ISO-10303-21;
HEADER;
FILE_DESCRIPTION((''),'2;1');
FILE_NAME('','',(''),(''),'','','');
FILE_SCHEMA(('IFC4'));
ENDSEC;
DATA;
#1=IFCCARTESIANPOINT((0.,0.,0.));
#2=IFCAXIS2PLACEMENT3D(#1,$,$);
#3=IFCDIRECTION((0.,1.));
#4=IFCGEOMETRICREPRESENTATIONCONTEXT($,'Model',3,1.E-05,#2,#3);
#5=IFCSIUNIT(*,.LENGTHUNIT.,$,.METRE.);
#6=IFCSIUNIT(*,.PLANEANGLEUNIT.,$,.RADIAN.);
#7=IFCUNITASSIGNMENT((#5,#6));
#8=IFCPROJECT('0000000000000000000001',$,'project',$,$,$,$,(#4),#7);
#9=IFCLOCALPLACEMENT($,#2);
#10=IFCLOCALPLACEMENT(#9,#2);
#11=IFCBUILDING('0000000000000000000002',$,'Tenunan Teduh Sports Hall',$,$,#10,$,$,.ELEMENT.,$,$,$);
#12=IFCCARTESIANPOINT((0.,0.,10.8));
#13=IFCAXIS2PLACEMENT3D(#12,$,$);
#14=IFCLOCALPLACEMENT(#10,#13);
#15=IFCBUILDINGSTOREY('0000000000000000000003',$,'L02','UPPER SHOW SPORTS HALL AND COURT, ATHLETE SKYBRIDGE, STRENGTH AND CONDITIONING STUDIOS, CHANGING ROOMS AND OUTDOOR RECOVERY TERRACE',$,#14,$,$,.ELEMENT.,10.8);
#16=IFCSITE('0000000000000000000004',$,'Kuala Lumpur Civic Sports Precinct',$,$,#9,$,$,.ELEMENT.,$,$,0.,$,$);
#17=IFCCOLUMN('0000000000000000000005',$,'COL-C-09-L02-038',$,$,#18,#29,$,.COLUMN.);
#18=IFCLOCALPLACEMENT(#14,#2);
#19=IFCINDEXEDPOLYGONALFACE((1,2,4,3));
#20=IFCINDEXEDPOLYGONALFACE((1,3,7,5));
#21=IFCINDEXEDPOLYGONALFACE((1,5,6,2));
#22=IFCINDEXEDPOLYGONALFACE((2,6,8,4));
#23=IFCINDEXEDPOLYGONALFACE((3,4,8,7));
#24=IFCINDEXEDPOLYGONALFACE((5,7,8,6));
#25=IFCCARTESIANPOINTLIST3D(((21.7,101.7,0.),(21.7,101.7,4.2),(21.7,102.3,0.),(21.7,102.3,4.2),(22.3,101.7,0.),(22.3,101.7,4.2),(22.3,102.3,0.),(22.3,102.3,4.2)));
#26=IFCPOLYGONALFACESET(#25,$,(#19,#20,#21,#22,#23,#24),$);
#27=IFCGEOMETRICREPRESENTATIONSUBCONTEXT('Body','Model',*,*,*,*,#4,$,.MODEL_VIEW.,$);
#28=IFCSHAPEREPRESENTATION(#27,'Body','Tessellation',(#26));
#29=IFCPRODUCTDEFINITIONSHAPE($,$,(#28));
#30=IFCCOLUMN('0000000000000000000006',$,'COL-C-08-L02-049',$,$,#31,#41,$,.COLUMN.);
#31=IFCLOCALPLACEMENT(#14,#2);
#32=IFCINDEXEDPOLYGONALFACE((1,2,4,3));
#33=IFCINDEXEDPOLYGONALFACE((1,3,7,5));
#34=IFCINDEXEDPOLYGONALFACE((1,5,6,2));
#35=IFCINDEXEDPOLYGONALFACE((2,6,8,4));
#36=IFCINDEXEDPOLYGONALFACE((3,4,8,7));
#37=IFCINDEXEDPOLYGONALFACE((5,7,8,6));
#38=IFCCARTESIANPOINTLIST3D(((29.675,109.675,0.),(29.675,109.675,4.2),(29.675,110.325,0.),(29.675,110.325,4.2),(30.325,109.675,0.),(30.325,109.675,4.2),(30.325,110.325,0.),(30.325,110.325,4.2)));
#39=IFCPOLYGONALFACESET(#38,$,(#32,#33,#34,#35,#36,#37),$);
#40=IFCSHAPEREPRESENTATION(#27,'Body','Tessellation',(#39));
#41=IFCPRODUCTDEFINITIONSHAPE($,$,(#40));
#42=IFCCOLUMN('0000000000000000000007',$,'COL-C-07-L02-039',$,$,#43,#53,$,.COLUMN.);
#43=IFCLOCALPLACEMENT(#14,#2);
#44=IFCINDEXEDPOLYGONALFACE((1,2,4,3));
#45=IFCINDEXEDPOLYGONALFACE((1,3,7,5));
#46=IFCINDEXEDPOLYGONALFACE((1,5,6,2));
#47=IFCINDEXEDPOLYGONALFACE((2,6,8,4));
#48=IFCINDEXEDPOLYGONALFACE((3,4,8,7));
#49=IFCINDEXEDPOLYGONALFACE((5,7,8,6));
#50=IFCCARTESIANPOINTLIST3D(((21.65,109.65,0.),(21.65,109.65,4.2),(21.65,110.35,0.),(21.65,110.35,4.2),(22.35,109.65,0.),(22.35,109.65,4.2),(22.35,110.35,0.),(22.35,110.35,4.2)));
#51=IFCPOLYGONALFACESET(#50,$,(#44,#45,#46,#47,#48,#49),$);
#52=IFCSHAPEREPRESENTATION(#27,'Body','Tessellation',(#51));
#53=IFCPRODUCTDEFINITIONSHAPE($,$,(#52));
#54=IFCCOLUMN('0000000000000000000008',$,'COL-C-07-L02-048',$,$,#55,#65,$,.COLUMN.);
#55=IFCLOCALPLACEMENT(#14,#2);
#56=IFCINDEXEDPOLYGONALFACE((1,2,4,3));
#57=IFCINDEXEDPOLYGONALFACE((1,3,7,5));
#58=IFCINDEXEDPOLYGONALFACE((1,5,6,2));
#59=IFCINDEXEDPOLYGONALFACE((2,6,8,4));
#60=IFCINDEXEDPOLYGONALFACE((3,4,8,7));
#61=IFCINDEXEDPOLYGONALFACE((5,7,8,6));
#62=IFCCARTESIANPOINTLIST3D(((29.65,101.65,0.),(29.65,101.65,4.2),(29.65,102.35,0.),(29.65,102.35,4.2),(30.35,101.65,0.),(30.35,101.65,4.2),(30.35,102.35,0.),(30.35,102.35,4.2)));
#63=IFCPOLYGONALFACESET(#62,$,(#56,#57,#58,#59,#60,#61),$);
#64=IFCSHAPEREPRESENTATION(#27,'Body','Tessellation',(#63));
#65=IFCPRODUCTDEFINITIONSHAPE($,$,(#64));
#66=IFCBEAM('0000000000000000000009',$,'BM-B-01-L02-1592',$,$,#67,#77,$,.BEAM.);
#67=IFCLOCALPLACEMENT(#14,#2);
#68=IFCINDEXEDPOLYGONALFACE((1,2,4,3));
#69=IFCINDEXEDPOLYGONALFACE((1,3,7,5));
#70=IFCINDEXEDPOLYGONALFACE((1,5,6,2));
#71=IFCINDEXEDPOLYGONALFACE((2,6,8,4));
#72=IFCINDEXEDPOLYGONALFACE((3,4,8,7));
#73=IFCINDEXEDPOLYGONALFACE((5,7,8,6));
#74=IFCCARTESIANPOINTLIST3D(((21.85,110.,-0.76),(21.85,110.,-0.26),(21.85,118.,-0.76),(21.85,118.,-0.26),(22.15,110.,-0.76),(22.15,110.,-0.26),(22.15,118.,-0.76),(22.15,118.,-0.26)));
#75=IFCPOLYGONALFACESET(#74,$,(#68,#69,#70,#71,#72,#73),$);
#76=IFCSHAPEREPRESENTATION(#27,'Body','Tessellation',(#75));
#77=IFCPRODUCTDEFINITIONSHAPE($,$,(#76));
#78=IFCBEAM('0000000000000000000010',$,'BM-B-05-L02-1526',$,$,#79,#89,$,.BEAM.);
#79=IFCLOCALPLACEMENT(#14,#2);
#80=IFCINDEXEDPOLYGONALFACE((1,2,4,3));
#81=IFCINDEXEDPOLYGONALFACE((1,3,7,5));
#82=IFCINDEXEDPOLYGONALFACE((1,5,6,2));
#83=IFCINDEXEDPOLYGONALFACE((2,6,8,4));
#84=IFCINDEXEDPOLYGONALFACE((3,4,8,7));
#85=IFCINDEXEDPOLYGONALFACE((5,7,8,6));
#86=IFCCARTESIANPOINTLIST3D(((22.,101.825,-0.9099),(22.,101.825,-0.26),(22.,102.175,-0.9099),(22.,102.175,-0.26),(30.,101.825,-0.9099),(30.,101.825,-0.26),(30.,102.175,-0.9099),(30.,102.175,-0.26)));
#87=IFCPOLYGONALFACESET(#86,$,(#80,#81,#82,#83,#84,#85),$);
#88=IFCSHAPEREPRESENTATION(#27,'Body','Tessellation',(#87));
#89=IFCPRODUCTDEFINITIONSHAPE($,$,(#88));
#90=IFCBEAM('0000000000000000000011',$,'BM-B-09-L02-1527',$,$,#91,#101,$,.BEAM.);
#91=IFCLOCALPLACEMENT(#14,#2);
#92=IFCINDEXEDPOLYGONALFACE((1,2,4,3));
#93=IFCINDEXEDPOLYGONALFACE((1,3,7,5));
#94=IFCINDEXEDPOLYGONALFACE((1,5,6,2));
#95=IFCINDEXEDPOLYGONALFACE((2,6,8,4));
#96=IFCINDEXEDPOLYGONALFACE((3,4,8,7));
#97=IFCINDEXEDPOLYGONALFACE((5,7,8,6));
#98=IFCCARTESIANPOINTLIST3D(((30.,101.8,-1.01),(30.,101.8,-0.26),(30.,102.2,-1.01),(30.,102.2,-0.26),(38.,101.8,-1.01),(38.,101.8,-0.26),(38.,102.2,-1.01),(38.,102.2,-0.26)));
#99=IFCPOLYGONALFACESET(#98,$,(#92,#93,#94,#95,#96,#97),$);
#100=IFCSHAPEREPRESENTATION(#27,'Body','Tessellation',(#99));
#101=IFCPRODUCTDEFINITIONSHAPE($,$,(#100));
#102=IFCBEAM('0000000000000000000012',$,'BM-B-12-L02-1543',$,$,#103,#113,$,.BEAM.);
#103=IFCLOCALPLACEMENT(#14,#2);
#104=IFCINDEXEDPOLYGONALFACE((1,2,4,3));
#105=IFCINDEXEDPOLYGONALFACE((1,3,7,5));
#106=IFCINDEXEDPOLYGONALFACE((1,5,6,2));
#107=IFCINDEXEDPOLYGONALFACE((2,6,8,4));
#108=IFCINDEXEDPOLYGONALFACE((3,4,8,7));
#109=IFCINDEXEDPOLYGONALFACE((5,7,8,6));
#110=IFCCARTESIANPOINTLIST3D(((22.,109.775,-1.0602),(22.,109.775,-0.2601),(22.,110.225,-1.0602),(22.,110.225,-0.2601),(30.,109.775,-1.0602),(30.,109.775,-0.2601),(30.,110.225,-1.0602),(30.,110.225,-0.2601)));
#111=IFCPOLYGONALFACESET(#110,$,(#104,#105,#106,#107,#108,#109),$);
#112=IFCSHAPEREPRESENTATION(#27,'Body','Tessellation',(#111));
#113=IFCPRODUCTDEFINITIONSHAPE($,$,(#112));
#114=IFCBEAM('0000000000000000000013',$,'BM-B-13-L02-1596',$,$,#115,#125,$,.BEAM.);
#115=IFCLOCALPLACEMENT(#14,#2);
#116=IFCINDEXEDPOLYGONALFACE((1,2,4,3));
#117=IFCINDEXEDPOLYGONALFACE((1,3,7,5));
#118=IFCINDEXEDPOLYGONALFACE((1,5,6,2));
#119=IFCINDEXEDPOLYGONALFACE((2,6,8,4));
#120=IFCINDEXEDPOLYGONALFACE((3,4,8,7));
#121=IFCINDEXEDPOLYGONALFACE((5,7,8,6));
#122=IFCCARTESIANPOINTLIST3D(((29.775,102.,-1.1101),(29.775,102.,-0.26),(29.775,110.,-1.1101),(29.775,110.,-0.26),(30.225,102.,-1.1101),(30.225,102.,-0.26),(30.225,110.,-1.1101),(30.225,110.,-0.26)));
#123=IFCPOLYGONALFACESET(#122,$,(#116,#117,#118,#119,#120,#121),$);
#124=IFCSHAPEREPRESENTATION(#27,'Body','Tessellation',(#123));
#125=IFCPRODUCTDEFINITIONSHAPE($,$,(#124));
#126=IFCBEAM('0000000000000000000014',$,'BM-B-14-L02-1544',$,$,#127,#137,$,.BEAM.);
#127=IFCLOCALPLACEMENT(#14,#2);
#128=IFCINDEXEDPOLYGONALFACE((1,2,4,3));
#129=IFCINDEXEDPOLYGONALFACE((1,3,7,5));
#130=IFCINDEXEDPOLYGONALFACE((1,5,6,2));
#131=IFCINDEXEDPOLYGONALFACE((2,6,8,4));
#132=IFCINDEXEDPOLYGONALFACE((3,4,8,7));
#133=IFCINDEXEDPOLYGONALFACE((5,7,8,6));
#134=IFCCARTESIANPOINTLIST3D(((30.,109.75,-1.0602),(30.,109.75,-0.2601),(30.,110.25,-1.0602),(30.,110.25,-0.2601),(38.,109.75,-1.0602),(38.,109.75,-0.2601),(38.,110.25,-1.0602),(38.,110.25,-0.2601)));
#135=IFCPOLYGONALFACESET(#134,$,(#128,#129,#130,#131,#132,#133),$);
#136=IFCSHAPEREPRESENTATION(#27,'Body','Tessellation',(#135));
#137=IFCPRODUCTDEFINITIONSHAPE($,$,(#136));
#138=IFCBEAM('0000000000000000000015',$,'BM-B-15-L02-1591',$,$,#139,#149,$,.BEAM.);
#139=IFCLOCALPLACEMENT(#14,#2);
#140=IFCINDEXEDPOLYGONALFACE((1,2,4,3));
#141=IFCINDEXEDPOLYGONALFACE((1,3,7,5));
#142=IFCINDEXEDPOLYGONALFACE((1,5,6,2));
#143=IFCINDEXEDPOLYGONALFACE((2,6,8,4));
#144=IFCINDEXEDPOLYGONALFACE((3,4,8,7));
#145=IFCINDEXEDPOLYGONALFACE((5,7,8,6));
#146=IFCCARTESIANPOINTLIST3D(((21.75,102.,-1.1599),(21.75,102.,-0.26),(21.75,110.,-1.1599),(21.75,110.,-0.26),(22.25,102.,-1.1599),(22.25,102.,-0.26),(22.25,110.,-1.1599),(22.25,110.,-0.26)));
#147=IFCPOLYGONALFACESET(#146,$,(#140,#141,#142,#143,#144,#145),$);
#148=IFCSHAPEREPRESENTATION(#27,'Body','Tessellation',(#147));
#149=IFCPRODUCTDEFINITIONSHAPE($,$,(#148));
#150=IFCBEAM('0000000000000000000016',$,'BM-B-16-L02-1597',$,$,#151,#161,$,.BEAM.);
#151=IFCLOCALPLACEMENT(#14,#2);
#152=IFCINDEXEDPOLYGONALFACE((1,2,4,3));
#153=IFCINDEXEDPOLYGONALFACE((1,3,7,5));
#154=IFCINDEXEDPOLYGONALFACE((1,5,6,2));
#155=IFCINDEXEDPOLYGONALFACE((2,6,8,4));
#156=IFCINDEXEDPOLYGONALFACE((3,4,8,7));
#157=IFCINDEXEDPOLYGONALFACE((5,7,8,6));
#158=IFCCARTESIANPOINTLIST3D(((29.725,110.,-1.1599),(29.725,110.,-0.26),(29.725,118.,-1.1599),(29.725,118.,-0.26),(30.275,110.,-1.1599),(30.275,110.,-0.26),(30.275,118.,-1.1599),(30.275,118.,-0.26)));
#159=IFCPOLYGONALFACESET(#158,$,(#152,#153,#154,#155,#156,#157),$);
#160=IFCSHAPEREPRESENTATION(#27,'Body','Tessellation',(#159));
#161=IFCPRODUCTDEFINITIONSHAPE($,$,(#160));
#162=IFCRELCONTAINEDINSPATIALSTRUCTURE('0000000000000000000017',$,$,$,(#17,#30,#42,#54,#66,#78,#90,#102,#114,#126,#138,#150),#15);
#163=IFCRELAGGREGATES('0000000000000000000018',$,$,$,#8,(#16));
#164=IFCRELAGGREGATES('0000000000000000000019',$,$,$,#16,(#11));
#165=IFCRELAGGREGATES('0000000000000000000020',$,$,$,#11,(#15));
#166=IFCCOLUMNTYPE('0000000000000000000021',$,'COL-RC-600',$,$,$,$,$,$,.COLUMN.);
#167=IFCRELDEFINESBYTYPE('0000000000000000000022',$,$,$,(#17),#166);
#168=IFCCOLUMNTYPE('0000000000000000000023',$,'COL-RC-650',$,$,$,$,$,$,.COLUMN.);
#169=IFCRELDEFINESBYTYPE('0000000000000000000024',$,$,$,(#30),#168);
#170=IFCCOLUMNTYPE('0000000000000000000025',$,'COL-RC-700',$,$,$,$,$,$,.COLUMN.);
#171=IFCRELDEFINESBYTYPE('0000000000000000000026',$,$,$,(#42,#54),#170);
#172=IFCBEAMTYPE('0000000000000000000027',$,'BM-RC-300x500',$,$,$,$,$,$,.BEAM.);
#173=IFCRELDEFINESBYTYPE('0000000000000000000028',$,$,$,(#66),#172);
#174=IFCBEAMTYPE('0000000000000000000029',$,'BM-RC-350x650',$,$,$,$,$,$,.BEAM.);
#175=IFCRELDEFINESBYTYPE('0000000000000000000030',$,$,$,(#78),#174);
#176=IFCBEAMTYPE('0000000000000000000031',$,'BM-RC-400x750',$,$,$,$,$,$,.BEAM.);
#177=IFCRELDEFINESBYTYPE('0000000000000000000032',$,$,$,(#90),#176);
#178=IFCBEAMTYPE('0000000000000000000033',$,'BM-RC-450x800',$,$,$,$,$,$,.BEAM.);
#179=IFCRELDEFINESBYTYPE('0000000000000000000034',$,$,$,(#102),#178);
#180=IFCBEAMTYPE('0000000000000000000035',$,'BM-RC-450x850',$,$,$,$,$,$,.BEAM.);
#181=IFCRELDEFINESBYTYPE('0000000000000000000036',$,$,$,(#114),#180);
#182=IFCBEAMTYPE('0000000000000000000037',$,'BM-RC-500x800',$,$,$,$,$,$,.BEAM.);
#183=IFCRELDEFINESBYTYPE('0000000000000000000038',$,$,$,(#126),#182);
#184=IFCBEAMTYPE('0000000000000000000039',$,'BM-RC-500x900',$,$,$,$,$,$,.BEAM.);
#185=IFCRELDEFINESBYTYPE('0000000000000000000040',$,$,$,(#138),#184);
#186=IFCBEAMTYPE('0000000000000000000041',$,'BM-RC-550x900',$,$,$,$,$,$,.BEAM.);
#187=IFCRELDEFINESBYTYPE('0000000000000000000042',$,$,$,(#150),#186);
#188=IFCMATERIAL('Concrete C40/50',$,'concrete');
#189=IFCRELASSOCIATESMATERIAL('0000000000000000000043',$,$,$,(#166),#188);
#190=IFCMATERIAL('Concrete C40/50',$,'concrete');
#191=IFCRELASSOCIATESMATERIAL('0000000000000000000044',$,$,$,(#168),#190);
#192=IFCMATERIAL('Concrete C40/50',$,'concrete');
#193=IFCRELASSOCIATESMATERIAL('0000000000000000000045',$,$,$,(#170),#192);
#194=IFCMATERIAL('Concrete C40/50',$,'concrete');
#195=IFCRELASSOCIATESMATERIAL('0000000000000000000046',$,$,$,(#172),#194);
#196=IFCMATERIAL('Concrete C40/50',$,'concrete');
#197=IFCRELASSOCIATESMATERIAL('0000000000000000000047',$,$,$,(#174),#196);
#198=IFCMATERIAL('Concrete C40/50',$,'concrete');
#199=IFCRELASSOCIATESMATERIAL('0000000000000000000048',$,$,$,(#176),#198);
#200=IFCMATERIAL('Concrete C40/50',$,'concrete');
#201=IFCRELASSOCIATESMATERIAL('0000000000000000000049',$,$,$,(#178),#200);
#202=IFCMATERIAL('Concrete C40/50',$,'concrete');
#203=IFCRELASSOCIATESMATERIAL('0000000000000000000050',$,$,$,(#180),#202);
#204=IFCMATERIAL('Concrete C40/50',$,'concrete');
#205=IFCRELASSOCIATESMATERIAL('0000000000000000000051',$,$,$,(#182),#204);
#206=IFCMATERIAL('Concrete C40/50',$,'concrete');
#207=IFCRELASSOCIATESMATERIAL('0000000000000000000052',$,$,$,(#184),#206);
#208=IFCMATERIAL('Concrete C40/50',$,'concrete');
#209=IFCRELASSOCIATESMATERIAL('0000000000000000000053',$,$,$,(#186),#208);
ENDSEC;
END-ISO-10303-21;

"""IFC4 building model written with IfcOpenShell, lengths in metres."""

from ifc_helpers import new_model, si_unit, direction, frame, origin, origin_2d, place, context, subcontext, project, spatial, rectangle, extrude, material, material_profile, profile_set, type_object, element, save


model = new_model("IFC4")

# Units and contexts
model_context = context("Model", 3, precision=1e-05, world=origin(), true_north=direction((0.0, 1.0)))
body_context = subcontext(model_context, "Body", "Model", "MODEL_VIEW")
ifc_project = project(units=[si_unit("LENGTHUNIT", "METRE"), si_unit("PLANEANGLEUNIT", "RADIAN")], contexts=[model_context])

# Site, building, storey
site_placement = place(None, origin())
site = spatial("IfcSite", under=ifc_project, at=site_placement, Name="Kuala Lumpur Civic Sports Precinct", CompositionType="ELEMENT", RefElevation=0.0)
building_placement = place(site_placement, origin())
building = spatial("IfcBuilding", under=site, at=building_placement, Name="Tenunan Teduh Sports Hall", CompositionType="ELEMENT")
storey_placement = place(building_placement, frame((0.0, 0.0, 10.8)))
storey = spatial("IfcBuildingStorey", under=building, at=storey_placement, Name="L02", Description="UPPER SHOW SPORTS HALL AND COURT, ATHLETE SKYBRIDGE, STRENGTH AND CONDITIONING STUDIOS, CHANGING ROOMS AND OUTDOOR RECOVERY TERRACE", CompositionType="ELEMENT", Elevation=10.8)

# Columns
ifc_material_1 = material(Name="Concrete C40/50", Category="concrete")
ifc_material_profile_1 = material_profile(ifc_material_1, rectangle(XDim=0.6001, YDim=0.6001, at=origin_2d()), Name="RC 600x600")
ifc_profile_set_1 = profile_set([ifc_material_profile_1], Name="Concrete C40/50")
column_type_1 = type_object("IfcColumnType", Name="COL-RC-600", PredefinedType="COLUMN", material=ifc_profile_set_1)
column_1_placement = place(storey_placement, frame((22.0, 102.0, 0.0), z_axis=(0.0, 0.0, 1.0), x_axis=(1.0, 0.0, 0.0)))
element("IfcColumn", 1, at=column_1_placement, inside=storey, type_object=column_type_1, Name="COL-C-09-L02-038", PredefinedType="COLUMN", context=body_context, shape_type="SweptSolid", body=[
    extrude(rectangle(XDim=0.6001, YDim=0.6001, at=origin_2d()), origin(), (0.0, 0.0, 1.0), 4.2),
])
ifc_material_2 = material(Name="Concrete C40/50", Category="concrete")
ifc_material_profile_2 = material_profile(ifc_material_2, rectangle(XDim=0.6499, YDim=0.6499, at=origin_2d()), Name="RC 650x650")
ifc_profile_set_2 = profile_set([ifc_material_profile_2], Name="Concrete C40/50")
column_type_2 = type_object("IfcColumnType", Name="COL-RC-650", PredefinedType="COLUMN", material=ifc_profile_set_2)
column_2_placement = place(storey_placement, frame((30.0, 110.0, 0.0), z_axis=(0.0, 0.0, 1.0), x_axis=(1.0, 0.0, 0.0)))
element("IfcColumn", 2, at=column_2_placement, inside=storey, type_object=column_type_2, Name="COL-C-08-L02-049", PredefinedType="COLUMN", context=body_context, shape_type="SweptSolid", body=[
    extrude(rectangle(XDim=0.6499, YDim=0.6499, at=origin_2d()), origin(), (0.0, 0.0, 1.0), 4.2),
])
ifc_material_3 = material(Name="Concrete C40/50", Category="concrete")
ifc_material_profile_3 = material_profile(ifc_material_3, rectangle(XDim=0.7, YDim=0.7, at=origin_2d()), Name="RC 700x700")
ifc_profile_set_3 = profile_set([ifc_material_profile_3], Name="Concrete C40/50")
column_type_3 = type_object("IfcColumnType", Name="COL-RC-700", PredefinedType="COLUMN", material=ifc_profile_set_3)
for number, where, z_axis, x_axis, name in (
    (3, (22.0, 110.0, 0.0), (0.0, 0.0, 1.0), (1.0, 0.0, 0.0), "COL-C-07-L02-039"),
    (4, (30.0, 102.0, 0.0), (0.0, 0.0, 1.0), (1.0, 0.0, 0.0), "COL-C-07-L02-048"),
):
    element("IfcColumn", number, at=place(storey_placement, frame(where, z_axis=z_axis, x_axis=x_axis)), inside=storey, type_object=column_type_3, Name=name, PredefinedType="COLUMN", context=body_context, shape_type="SweptSolid", body=[
        extrude(rectangle(XDim=0.7, YDim=0.7, at=origin_2d()), origin(), (0.0, 0.0, 1.0), 4.2),
    ])

# Beams
ifc_material_4 = material(Name="Concrete C40/50", Category="concrete")
ifc_material_profile_4 = material_profile(ifc_material_4, rectangle(XDim=0.3, YDim=0.5, at=origin_2d()), Name="RCB 300x500")
ifc_profile_set_4 = profile_set([ifc_material_profile_4], Name="Concrete C40/50")
beam_type_1 = type_object("IfcBeamType", Name="BM-RC-300x500", PredefinedType="BEAM", material=ifc_profile_set_4)
beam_1_placement = place(storey_placement, frame((22.0, 110.0, -0.51), z_axis=(0.0, 1.0, 0.0), x_axis=(-1.0, 0.0, 0.0)))
element("IfcBeam", 5, at=beam_1_placement, inside=storey, type_object=beam_type_1, Name="BM-B-01-L02-1592", PredefinedType="BEAM", context=body_context, shape_type="SweptSolid", body=[
    extrude(rectangle(XDim=0.3, YDim=0.5, at=origin_2d()), origin(), (0.0, 0.0, 1.0), 8.0),
])
ifc_material_5 = material(Name="Concrete C40/50", Category="concrete")
ifc_material_profile_5 = material_profile(ifc_material_5, rectangle(XDim=0.3501, YDim=0.6499, at=origin_2d()), Name="RCB 350x650")
ifc_profile_set_5 = profile_set([ifc_material_profile_5], Name="Concrete C40/50")
beam_type_2 = type_object("IfcBeamType", Name="BM-RC-350x650", PredefinedType="BEAM", material=ifc_profile_set_5)
beam_2_placement = place(storey_placement, frame((22.0, 102.0, -0.585), z_axis=(1.0, 0.0, 0.0), x_axis=(0.0, 1.0, 0.0)))
element("IfcBeam", 6, at=beam_2_placement, inside=storey, type_object=beam_type_2, Name="BM-B-05-L02-1526", PredefinedType="BEAM", context=body_context, shape_type="SweptSolid", body=[
    extrude(rectangle(XDim=0.3501, YDim=0.6499, at=origin_2d()), origin(), (0.0, 0.0, 1.0), 8.0),
])
ifc_material_6 = material(Name="Concrete C40/50", Category="concrete")
ifc_material_profile_6 = material_profile(ifc_material_6, rectangle(XDim=0.3999, YDim=0.75, at=origin_2d()), Name="RCB 400x750")
ifc_profile_set_6 = profile_set([ifc_material_profile_6], Name="Concrete C40/50")
beam_type_3 = type_object("IfcBeamType", Name="BM-RC-400x750", PredefinedType="BEAM", material=ifc_profile_set_6)
beam_3_placement = place(storey_placement, frame((30.0, 102.0, -0.635), z_axis=(1.0, 0.0, 0.0), x_axis=(0.0, 1.0, 0.0)))
element("IfcBeam", 7, at=beam_3_placement, inside=storey, type_object=beam_type_3, Name="BM-B-09-L02-1527", PredefinedType="BEAM", context=body_context, shape_type="SweptSolid", body=[
    extrude(rectangle(XDim=0.3999, YDim=0.75, at=origin_2d()), origin(), (0.0, 0.0, 1.0), 8.0),
])
ifc_material_7 = material(Name="Concrete C40/50", Category="concrete")
ifc_material_profile_7 = material_profile(ifc_material_7, rectangle(XDim=0.45, YDim=0.8, at=origin_2d()), Name="RCB 450x800")
ifc_profile_set_7 = profile_set([ifc_material_profile_7], Name="Concrete C40/50")
beam_type_4 = type_object("IfcBeamType", Name="BM-RC-450x800", PredefinedType="BEAM", material=ifc_profile_set_7)
beam_4_placement = place(storey_placement, frame((22.0, 110.0, -0.6602), z_axis=(1.0, 0.0, 0.0), x_axis=(0.0, 1.0, 0.0)))
element("IfcBeam", 8, at=beam_4_placement, inside=storey, type_object=beam_type_4, Name="BM-B-12-L02-1543", PredefinedType="BEAM", context=body_context, shape_type="SweptSolid", body=[
    extrude(rectangle(XDim=0.45, YDim=0.8, at=origin_2d()), origin(), (0.0, 0.0, 1.0), 8.0),
])
ifc_material_8 = material(Name="Concrete C40/50", Category="concrete")
ifc_material_profile_8 = material_profile(ifc_material_8, rectangle(XDim=0.45, YDim=0.8501, at=origin_2d()), Name="RCB 450x850")
ifc_profile_set_8 = profile_set([ifc_material_profile_8], Name="Concrete C40/50")
beam_type_5 = type_object("IfcBeamType", Name="BM-RC-450x850", PredefinedType="BEAM", material=ifc_profile_set_8)
beam_5_placement = place(storey_placement, frame((30.0, 102.0, -0.6851), z_axis=(0.0, 1.0, 0.0), x_axis=(-1.0, 0.0, 0.0)))
element("IfcBeam", 9, at=beam_5_placement, inside=storey, type_object=beam_type_5, Name="BM-B-13-L02-1596", PredefinedType="BEAM", context=body_context, shape_type="SweptSolid", body=[
    extrude(rectangle(XDim=0.45, YDim=0.8501, at=origin_2d()), origin(), (0.0, 0.0, 1.0), 8.0),
])
ifc_material_9 = material(Name="Concrete C40/50", Category="concrete")
ifc_material_profile_9 = material_profile(ifc_material_9, rectangle(XDim=0.5, YDim=0.8, at=origin_2d()), Name="RCB 500x800")
ifc_profile_set_9 = profile_set([ifc_material_profile_9], Name="Concrete C40/50")
beam_type_6 = type_object("IfcBeamType", Name="BM-RC-500x800", PredefinedType="BEAM", material=ifc_profile_set_9)
beam_6_placement = place(storey_placement, frame((30.0, 110.0, -0.6602), z_axis=(1.0, 0.0, 0.0), x_axis=(0.0, 1.0, 0.0)))
element("IfcBeam", 10, at=beam_6_placement, inside=storey, type_object=beam_type_6, Name="BM-B-14-L02-1544", PredefinedType="BEAM", context=body_context, shape_type="SweptSolid", body=[
    extrude(rectangle(XDim=0.5, YDim=0.8, at=origin_2d()), origin(), (0.0, 0.0, 1.0), 8.0),
])
ifc_material_10 = material(Name="Concrete C40/50", Category="concrete")
ifc_material_profile_10 = material_profile(ifc_material_10, rectangle(XDim=0.5, YDim=0.8999, at=origin_2d()), Name="RCB 500x900")
ifc_profile_set_10 = profile_set([ifc_material_profile_10], Name="Concrete C40/50")
beam_type_7 = type_object("IfcBeamType", Name="BM-RC-500x900", PredefinedType="BEAM", material=ifc_profile_set_10)
beam_7_placement = place(storey_placement, frame((22.0, 102.0, -0.71), z_axis=(0.0, 1.0, 0.0), x_axis=(-1.0, 0.0, 0.0)))
element("IfcBeam", 11, at=beam_7_placement, inside=storey, type_object=beam_type_7, Name="BM-B-15-L02-1591", PredefinedType="BEAM", context=body_context, shape_type="SweptSolid", body=[
    extrude(rectangle(XDim=0.5, YDim=0.8999, at=origin_2d()), origin(), (0.0, 0.0, 1.0), 8.0),
])
ifc_material_11 = material(Name="Concrete C40/50", Category="concrete")
ifc_material_profile_11 = material_profile(ifc_material_11, rectangle(XDim=0.55, YDim=0.8999, at=origin_2d()), Name="RCB 550x900")
ifc_profile_set_11 = profile_set([ifc_material_profile_11], Name="Concrete C40/50")
beam_type_8 = type_object("IfcBeamType", Name="BM-RC-550x900", PredefinedType="BEAM", material=ifc_profile_set_11)
beam_8_placement = place(storey_placement, frame((30.0, 110.0, -0.71), z_axis=(0.0, 1.0, 0.0), x_axis=(-1.0, 0.0, 0.0)))
element("IfcBeam", 12, at=beam_8_placement, inside=storey, type_object=beam_type_8, Name="BM-B-16-L02-1597", PredefinedType="BEAM", context=body_context, shape_type="SweptSolid", body=[
    extrude(rectangle(XDim=0.55, YDim=0.8999, at=origin_2d()), origin(), (0.0, 0.0, 1.0), 8.0),
])

save(model, "model.ifc")
